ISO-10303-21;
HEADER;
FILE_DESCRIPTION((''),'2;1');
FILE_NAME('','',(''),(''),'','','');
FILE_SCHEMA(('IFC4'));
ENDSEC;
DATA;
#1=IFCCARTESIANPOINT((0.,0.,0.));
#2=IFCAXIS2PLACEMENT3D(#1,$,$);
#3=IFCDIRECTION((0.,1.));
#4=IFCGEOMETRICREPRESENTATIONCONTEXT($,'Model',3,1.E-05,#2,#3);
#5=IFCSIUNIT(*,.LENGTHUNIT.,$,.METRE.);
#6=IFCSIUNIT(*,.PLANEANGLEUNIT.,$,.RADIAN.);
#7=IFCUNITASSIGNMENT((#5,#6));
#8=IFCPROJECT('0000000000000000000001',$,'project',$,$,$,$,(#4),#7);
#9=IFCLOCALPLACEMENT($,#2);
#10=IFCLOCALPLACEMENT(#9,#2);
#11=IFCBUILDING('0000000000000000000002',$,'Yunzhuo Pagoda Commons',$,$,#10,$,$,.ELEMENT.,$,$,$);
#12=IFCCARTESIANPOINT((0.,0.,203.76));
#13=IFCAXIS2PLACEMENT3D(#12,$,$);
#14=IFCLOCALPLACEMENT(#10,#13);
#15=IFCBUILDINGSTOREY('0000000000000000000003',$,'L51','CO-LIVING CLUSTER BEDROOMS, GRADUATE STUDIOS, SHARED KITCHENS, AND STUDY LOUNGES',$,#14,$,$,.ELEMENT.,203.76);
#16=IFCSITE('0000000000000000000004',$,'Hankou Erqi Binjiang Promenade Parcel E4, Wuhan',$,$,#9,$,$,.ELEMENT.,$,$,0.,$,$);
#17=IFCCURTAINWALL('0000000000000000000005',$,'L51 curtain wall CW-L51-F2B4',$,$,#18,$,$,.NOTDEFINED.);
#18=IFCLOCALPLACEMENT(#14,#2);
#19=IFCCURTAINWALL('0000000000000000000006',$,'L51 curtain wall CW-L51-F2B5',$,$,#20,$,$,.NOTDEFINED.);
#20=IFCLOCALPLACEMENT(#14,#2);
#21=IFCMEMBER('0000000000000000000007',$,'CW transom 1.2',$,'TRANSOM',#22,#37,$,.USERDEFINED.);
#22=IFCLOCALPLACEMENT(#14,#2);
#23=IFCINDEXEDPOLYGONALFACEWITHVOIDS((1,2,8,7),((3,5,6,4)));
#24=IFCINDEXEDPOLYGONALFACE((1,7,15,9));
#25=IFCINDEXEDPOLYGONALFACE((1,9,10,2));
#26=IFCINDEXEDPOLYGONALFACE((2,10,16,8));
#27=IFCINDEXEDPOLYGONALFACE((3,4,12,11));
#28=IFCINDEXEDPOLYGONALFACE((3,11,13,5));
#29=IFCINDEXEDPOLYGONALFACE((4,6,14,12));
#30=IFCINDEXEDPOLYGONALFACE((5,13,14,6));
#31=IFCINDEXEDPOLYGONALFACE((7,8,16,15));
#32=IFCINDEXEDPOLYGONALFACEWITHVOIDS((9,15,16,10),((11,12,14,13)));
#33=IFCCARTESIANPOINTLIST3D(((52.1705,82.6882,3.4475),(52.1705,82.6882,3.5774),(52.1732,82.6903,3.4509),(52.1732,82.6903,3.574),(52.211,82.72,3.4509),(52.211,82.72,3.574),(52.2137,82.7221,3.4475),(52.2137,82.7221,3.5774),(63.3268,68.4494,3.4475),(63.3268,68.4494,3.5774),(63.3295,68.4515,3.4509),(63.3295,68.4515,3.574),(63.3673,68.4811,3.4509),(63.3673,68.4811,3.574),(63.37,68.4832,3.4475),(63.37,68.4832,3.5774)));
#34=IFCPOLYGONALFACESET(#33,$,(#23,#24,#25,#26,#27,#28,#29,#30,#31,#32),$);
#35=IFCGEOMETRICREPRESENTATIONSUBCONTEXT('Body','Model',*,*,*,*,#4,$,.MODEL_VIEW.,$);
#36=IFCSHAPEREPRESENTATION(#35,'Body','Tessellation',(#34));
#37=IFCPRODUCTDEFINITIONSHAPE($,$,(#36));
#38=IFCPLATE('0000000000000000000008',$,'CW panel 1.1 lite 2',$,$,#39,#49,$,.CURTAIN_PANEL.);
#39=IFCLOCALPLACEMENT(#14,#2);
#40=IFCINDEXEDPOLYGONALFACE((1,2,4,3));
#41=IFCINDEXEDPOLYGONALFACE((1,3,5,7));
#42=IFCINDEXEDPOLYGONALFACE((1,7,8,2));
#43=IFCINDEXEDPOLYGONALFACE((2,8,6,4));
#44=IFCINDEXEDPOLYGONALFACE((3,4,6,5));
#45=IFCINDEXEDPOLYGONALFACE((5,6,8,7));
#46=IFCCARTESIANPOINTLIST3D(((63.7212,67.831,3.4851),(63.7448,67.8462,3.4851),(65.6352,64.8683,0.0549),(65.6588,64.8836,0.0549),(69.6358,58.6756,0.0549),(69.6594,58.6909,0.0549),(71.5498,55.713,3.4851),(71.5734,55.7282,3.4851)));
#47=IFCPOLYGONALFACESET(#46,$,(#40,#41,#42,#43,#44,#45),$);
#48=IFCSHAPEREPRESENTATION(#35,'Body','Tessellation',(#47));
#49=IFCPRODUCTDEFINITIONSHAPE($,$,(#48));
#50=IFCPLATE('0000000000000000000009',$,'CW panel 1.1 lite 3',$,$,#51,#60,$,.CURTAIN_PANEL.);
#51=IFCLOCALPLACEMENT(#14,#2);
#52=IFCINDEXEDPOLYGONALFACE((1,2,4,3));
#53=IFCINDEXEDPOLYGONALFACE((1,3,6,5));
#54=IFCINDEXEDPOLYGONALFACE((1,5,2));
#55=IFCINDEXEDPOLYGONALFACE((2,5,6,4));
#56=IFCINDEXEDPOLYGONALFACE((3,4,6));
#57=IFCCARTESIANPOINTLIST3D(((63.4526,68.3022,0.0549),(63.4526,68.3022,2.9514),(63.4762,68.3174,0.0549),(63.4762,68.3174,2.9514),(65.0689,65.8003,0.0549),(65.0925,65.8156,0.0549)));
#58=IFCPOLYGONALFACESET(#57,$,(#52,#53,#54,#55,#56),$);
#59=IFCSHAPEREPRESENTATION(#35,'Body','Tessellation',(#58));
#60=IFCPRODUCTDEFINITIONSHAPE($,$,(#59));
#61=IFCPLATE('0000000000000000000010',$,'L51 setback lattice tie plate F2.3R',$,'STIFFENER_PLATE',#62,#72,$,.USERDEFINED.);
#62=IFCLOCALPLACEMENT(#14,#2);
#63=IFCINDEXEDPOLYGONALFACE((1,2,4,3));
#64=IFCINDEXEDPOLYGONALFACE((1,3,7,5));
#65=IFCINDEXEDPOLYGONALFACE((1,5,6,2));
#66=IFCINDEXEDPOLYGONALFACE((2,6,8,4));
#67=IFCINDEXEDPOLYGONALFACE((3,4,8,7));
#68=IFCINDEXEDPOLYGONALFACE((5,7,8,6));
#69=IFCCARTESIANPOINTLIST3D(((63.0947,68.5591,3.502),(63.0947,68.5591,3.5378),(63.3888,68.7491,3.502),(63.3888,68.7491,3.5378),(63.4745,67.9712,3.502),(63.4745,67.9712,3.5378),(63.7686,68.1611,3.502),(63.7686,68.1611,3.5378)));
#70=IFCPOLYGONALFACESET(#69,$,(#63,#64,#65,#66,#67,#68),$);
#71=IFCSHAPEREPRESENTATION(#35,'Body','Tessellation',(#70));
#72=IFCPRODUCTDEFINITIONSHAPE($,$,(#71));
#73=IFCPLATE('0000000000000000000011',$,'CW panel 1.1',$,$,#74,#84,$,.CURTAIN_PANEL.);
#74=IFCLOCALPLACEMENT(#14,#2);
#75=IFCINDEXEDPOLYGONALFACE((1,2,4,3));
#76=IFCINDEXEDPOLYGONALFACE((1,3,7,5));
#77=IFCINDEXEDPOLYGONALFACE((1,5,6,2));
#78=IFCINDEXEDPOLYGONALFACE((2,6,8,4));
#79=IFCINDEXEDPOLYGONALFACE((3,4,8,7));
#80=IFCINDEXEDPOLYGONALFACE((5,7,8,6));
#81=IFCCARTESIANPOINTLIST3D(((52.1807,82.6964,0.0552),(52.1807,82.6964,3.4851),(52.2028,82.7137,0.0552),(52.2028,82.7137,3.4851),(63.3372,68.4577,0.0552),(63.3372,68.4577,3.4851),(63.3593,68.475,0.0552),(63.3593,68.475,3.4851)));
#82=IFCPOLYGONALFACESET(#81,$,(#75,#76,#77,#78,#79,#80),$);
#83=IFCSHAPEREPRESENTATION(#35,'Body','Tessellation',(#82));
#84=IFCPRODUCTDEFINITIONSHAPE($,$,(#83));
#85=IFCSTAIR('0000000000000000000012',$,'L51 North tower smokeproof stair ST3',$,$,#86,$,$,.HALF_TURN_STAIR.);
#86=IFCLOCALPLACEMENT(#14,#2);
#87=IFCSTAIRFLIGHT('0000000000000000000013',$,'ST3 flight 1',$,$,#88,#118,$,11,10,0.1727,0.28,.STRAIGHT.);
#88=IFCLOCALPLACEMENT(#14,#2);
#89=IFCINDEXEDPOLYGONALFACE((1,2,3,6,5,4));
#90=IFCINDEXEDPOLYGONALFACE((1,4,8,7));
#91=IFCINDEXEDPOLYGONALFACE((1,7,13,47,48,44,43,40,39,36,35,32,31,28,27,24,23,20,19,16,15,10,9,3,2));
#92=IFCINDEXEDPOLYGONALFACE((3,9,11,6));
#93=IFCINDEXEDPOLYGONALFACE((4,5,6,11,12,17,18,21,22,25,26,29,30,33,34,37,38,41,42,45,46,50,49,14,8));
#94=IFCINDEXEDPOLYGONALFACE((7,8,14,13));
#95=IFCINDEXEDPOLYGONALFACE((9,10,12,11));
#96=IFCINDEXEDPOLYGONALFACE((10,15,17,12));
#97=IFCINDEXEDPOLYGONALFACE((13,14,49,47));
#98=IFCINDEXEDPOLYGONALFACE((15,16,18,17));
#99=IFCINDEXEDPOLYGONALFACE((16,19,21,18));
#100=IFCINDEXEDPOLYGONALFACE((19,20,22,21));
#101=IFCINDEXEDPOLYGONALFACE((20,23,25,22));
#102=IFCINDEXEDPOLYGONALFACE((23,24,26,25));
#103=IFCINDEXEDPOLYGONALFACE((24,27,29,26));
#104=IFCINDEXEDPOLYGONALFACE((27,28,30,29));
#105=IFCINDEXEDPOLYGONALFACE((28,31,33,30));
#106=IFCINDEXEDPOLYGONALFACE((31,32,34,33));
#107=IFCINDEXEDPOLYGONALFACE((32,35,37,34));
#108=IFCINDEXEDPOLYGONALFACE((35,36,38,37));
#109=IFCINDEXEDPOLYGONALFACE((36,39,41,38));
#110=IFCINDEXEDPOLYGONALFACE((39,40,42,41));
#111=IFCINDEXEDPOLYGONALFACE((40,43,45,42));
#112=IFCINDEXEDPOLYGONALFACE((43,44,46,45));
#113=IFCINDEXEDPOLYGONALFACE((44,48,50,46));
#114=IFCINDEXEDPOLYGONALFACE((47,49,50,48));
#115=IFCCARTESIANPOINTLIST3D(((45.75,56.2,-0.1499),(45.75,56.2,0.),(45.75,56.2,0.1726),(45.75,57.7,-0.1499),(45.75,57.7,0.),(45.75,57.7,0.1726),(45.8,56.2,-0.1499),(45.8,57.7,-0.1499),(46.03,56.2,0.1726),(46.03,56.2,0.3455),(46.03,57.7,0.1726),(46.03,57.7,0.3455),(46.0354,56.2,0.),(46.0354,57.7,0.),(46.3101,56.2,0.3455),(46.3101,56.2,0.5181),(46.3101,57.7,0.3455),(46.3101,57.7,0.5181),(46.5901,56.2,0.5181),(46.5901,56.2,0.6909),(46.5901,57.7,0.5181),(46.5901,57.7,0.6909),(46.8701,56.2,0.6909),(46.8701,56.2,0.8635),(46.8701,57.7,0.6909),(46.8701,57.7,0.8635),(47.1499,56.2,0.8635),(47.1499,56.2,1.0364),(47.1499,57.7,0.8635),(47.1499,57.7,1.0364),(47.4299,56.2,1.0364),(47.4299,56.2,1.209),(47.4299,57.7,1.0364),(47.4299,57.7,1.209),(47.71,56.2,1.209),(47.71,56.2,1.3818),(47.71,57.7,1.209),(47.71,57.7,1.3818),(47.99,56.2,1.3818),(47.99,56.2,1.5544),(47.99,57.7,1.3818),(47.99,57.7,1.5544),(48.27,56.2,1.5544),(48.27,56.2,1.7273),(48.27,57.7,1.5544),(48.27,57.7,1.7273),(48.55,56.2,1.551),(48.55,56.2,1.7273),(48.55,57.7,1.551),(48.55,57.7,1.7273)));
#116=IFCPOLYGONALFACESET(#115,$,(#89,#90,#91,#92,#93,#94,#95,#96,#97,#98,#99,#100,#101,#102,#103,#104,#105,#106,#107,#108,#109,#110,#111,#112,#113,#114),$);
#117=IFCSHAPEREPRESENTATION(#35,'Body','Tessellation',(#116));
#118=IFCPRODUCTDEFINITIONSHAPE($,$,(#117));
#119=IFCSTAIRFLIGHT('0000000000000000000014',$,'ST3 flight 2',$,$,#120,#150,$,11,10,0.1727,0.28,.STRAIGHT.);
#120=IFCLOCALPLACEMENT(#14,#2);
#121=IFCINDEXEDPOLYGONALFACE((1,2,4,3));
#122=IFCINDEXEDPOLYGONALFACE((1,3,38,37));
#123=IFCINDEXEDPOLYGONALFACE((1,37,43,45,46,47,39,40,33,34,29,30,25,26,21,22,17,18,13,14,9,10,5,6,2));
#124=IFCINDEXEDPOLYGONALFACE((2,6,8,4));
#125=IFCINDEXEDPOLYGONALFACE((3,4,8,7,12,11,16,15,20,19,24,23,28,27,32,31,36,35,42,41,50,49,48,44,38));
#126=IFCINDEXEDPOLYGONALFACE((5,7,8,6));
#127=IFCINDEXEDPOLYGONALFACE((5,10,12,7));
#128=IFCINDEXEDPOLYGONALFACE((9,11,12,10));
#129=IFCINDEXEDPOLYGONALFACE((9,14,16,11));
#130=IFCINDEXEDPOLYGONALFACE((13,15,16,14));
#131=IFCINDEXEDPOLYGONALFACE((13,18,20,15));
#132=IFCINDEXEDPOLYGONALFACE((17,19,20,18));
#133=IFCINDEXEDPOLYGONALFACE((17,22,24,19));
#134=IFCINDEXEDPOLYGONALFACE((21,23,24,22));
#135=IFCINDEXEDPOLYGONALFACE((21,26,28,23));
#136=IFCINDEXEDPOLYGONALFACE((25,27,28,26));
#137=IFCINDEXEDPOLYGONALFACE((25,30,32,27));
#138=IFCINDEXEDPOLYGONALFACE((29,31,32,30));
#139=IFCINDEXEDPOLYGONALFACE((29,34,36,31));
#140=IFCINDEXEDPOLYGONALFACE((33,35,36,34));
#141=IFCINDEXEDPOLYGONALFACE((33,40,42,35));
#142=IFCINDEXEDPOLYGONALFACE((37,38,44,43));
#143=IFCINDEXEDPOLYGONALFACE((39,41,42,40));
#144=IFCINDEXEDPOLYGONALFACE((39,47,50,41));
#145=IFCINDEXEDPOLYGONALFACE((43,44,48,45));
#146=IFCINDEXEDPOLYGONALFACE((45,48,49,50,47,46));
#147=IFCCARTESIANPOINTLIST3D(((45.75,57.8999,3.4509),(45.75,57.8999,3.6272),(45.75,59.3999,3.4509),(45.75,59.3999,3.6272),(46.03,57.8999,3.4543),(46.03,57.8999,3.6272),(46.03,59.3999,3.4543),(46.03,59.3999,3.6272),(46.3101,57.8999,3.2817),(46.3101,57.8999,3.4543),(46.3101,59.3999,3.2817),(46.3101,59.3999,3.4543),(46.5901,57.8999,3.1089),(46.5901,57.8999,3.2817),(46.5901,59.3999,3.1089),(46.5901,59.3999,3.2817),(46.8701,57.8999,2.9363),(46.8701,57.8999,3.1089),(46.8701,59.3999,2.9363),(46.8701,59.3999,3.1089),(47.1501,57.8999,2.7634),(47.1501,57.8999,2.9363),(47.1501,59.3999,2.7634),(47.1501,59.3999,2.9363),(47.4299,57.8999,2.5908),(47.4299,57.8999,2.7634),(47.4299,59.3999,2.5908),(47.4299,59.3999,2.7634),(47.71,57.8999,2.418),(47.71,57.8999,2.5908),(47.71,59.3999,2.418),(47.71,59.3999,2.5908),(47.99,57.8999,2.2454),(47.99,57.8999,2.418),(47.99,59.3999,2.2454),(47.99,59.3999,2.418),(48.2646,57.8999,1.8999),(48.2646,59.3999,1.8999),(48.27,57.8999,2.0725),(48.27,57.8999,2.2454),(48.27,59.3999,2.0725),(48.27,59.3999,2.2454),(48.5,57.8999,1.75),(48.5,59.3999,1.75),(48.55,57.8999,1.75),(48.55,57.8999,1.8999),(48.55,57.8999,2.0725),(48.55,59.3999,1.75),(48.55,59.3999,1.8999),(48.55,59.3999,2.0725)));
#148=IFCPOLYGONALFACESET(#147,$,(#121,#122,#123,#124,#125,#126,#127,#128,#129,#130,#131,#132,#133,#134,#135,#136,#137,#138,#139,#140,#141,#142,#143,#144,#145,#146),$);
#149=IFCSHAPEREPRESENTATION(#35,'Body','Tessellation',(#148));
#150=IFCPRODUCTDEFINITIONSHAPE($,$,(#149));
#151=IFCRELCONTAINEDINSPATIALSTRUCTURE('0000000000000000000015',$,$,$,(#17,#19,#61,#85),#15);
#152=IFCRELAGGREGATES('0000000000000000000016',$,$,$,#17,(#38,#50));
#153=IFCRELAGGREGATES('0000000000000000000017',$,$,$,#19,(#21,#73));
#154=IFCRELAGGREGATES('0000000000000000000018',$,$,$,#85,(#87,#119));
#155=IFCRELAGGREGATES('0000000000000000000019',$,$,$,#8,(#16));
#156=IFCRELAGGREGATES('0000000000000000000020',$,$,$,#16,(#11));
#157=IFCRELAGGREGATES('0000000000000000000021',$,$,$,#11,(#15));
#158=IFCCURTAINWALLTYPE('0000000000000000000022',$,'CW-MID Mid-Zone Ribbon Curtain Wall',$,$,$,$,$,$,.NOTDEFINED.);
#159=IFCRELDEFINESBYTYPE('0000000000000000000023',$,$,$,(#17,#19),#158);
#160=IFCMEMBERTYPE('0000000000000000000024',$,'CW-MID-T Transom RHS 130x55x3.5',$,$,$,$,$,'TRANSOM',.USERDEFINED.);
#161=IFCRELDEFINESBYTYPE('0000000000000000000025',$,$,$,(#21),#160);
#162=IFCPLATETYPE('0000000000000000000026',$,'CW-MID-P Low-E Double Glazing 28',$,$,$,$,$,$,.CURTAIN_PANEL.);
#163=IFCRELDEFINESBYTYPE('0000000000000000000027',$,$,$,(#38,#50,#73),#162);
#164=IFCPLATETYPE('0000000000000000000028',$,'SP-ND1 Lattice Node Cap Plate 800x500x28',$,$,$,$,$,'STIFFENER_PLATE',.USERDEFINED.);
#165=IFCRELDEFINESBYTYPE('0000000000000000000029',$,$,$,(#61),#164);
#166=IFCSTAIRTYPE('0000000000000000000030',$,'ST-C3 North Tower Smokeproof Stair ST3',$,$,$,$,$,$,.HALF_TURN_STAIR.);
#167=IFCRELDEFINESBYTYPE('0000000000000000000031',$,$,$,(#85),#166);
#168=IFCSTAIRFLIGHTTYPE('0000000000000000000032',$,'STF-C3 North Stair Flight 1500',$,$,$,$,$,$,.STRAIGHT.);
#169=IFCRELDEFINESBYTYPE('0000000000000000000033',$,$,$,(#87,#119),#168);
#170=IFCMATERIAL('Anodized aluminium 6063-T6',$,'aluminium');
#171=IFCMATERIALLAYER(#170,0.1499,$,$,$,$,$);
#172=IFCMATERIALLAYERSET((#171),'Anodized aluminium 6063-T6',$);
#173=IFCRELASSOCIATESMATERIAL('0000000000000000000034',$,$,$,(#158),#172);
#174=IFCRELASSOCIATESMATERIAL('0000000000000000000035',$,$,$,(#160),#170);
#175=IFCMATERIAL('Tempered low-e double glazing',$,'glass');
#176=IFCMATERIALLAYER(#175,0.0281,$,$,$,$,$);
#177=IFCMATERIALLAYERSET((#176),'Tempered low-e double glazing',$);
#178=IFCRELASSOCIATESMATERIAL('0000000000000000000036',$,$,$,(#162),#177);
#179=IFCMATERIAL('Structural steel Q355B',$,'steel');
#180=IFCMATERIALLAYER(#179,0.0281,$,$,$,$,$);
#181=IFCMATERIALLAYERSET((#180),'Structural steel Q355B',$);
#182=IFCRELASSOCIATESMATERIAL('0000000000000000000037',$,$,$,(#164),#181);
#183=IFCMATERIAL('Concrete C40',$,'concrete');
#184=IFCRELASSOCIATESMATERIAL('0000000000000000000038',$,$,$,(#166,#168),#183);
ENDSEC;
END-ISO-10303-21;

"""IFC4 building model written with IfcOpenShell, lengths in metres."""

from ifc_helpers import new_model, si_unit, direction, frame, origin, origin_2d, place, context, subcontext, project, spatial, polyline, rectangle, hollow_rectangle, outline, extrude, source, transform, mapped, material, layer, layer_set, material_profile, profile_set, type_object, element, aggregate, save


model = new_model("IFC4")

# Units and contexts
model_context = context("Model", 3, precision=1e-05, world=origin(), true_north=direction((0.0, 1.0)))
body_context = subcontext(model_context, "Body", "Model", "MODEL_VIEW")
ifc_project = project(units=[si_unit("LENGTHUNIT", "METRE"), si_unit("PLANEANGLEUNIT", "RADIAN")], contexts=[model_context])

# Site, building, storey
site_placement = place(None, origin())
site = spatial("IfcSite", under=ifc_project, at=site_placement, Name="Hankou Erqi Binjiang Promenade Parcel E4, Wuhan", CompositionType="ELEMENT", RefElevation=0.0)
building_placement = place(site_placement, origin())
building = spatial("IfcBuilding", under=site, at=building_placement, Name="Yunzhuo Pagoda Commons", CompositionType="ELEMENT")
storey_placement = place(building_placement, frame((0.0, 0.0, 203.76)))
storey = spatial("IfcBuildingStorey", under=building, at=storey_placement, Name="L51", Description="CO-LIVING CLUSTER BEDROOMS, GRADUATE STUDIOS, SHARED KITCHENS, AND STUDY LOUNGES", CompositionType="ELEMENT", Elevation=203.76)

# Shared definitions
ifc_material_1 = material(Name="Structural steel Q355B", Category="steel")

# Curtain wall
ifc_material_2 = material(Name="Anodized aluminium 6063-T6", Category="aluminium")
ifc_layer_1 = layer(ifc_material_2, 0.1499)
ifc_layer_set_1 = layer_set([ifc_layer_1], Name="Anodized aluminium 6063-T6")
curtain_wall_type = type_object("IfcCurtainWallType", Name="CW-MID Mid-Zone Ribbon Curtain Wall", PredefinedType="NOTDEFINED", material=ifc_layer_set_1)
curtain_wall_1_placement = place(storey_placement, origin())
curtain_wall_1 = element("IfcCurtainWall", 1, at=curtain_wall_1_placement, inside=storey, type_object=curtain_wall_type, Name="L51 curtain wall CW-L51-F2B4", PredefinedType="NOTDEFINED")

# Curtain wall, member
curtain_wall_2_placement = place(storey_placement, origin())
curtain_wall_2 = element("IfcCurtainWall", 2, at=curtain_wall_2_placement, inside=storey, type_object=curtain_wall_type, Name="L51 curtain wall CW-L51-F2B5", PredefinedType="NOTDEFINED")
ifc_material_profile_1 = material_profile(ifc_material_2, hollow_rectangle(XDim=0.0549, YDim=0.1299, WallThickness=0.0034, at=origin_2d()), Name="Anodized aluminium 6063-T6")
ifc_profile_set_1 = profile_set([ifc_material_profile_1], Name="Anodized aluminium 6063-T6")
member_type_1 = type_object("IfcMemberType", Name="CW-MID-T Transom RHS 130x55x3.5", ElementType="TRANSOM", PredefinedType="USERDEFINED", material=ifc_profile_set_1)
shared_shape_1 = source(origin(), body_context, "Body", "SweptSolid", [
    extrude(hollow_rectangle(XDim=0.0549, YDim=0.1299, WallThickness=0.0034, at=origin_2d()), origin(), (0.0, 0.0, 1.0), 18.0889),
])
member_1_placement = place(storey_placement, frame((63.3484, 68.4663, 3.5125), z_axis=(-0.616749, 0.78716, 0.0), x_axis=(-0.78716, -0.616749, 0.0)))
member_1 = element("IfcMember", 3, at=member_1_placement, type_object=member_type_1, Name="CW transom 1.2", ObjectType="TRANSOM", PredefinedType="USERDEFINED", context=body_context, shape_type="MappedRepresentation", body=[
    mapped(shared_shape_1, transform((0.0, 0.0, 0.0), scale=1.0)),
])

# Plates
ifc_material_3 = material(Name="Tempered low-e double glazing", Category="glass")
ifc_layer_2 = layer(ifc_material_3, 0.0281)
ifc_layer_set_2 = layer_set([ifc_layer_2], Name="Tempered low-e double glazing")
plate_type_1 = type_object("IfcPlateType", Name="CW-MID-P Low-E Double Glazing 28", PredefinedType="CURTAIN_PANEL", material=ifc_layer_set_2)
plate_1_placement = place(storey_placement, frame((67.6355, 61.772, 1.77), z_axis=(0.839965, 0.54264, 0.0), x_axis=(-0.54264, 0.839965, 0.0)))
plate_1 = element("IfcPlate", 4, at=plate_1_placement, type_object=plate_type_1, Name="CW panel 1.1 lite 2", PredefinedType="CURTAIN_PANEL", context=body_context, shape_type="SweptSolid", body=[
    extrude(outline(polyline([(-7.2134, 1.7151), (-3.6863, -1.7151), (3.6863, -1.7151), (7.2134, 1.7151), (-7.2134, 1.7151)])), origin(), (0.0, 0.0, 1.0), 0.0281),
])
plate_2_placement = place(storey_placement, frame((64.2607, 67.0513, 1.5032), z_axis=(0.839965, 0.54264, 0.0), x_axis=(-0.54264, 0.839965, 0.0)))
plate_2 = element("IfcPlate", 5, at=plate_2_placement, type_object=plate_type_1, Name="CW panel 1.1 lite 3", PredefinedType="CURTAIN_PANEL", context=body_context, shape_type="SweptSolid", body=[
    extrude(outline(polyline([(-1.4893, -1.4482), (1.4893, -1.4482), (1.4893, 1.4482), (-1.4893, -1.4482)])), origin(), (0.0, 0.0, 1.0), 0.0281),
])
aggregate(curtain_wall_1, [plate_1, plate_2])
ifc_layer_3 = layer(ifc_material_1, 0.0281)
ifc_layer_set_3 = layer_set([ifc_layer_3], Name="Structural steel Q355B")
plate_type_2 = type_object("IfcPlateType", Name="SP-ND1 Lattice Node Cap Plate 800x500x28", ElementType="STIFFENER_PLATE", PredefinedType="USERDEFINED", material=ifc_layer_set_3)
shared_shape_2 = source(origin(), body_context, "Body", "SweptSolid", [
    extrude(rectangle(XDim=0.7, YDim=0.3501, at=origin_2d()), origin(), (0.0, 0.0, 1.0), 0.0359),
])
plate_3_placement = place(storey_placement, frame((63.4316, 68.3601, 3.502), z_axis=(0.0, 0.0, 1.0), x_axis=(-0.542647, 0.839961, 0.0)))
element("IfcPlate", 6, at=plate_3_placement, inside=storey, type_object=plate_type_2, Name="L51 setback lattice tie plate F2.3R", ObjectType="STIFFENER_PLATE", PredefinedType="USERDEFINED", context=body_context, shape_type="MappedRepresentation", body=[
    mapped(shared_shape_2, transform((0.0, 0.0, 0.0), scale=1.0)),
])
shared_shape_3 = source(origin(), body_context, "Body", "SweptSolid", [
    extrude(rectangle(XDim=18.0889, YDim=0.0281, at=origin_2d()), origin(), (0.0, 0.0, 1.0), 3.4299),
])
plate_4_placement = place(storey_placement, frame((57.77, 75.5857, 0.0552), z_axis=(0.0, 0.0, 1.0), x_axis=(-0.616762, 0.78715, 0.0)))
plate_4 = element("IfcPlate", 7, at=plate_4_placement, type_object=plate_type_1, Name="CW panel 1.1", PredefinedType="CURTAIN_PANEL", context=body_context, shape_type="MappedRepresentation", body=[
    mapped(shared_shape_3, transform((0.0, 0.0, 0.0), scale=1.0)),
])
aggregate(curtain_wall_2, [member_1, plate_4])

# Stair, stair flights
ifc_material_4 = material(Name="Concrete C40", Category="concrete")
stair_type = type_object("IfcStairType", Name="ST-C3 North Tower Smokeproof Stair ST3", PredefinedType="HALF_TURN_STAIR", material=ifc_material_4)
stair_placement = place(storey_placement, origin())
stair = element("IfcStair", 8, at=stair_placement, inside=storey, type_object=stair_type, Name="L51 North tower smokeproof stair ST3", PredefinedType="HALF_TURN_STAIR")
stair_flight_type = type_object("IfcStairFlightType", Name="STF-C3 North Stair Flight 1500", PredefinedType="STRAIGHT", material=ifc_material_4)
shared_shape_4 = source(origin(), body_context, "Body", "SweptSolid", [
    extrude(outline(polyline([(0.0, -0.1499), (0.0, 0.0), (0.0, 0.1726), (0.28, 0.1726), (0.28, 0.3455), (0.5601, 0.3455), (0.5601, 0.5181), (0.8401, 0.5181), (0.8401, 0.6909), (1.1201, 0.6909), (1.1201, 0.8635), (1.3999, 0.8635), (1.3999, 1.0364), (1.6799, 1.0364), (1.6799, 1.209), (1.96, 1.209), (1.96, 1.3818), (2.24, 1.3818), (2.24, 1.5544), (2.52, 1.5544), (2.52, 1.7273), (2.8, 1.7273), (2.8, 1.8999), (2.8, 1.551), (0.2854, 0.0), (0.05, -0.1499), (0.0, -0.1499)])), frame((0.0, 0.75, 0.0), z_axis=(0.0, -1.0, 0.0), x_axis=(1.0, 0.0, 0.0)), (0.0, 0.0, 1.0), 1.5),
])
stair_flight_1_placement = place(storey_placement, frame((45.75, 56.95, 0.0), z_axis=(0.0, 0.0, 1.0), x_axis=(1.0, 0.0, 0.0)))
stair_flight_1 = element("IfcStairFlight", 9, at=stair_flight_1_placement, type_object=stair_flight_type, Name="ST3 flight 1", NumberOfRisers=11, NumberOfTreads=10, PredefinedType="STRAIGHT", RiserHeight=0.1727, TreadLength=0.28, context=body_context, shape_type="MappedRepresentation", body=[
    mapped(shared_shape_4, transform((0.0, 0.0, 0.0), scale=1.0)),
])
stair_flight_2_placement = place(storey_placement, frame((48.55, 58.6499, 1.8999), z_axis=(0.0, 0.0, 1.0), x_axis=(-1.0, 0.0, 0.0)))
stair_flight_2 = element("IfcStairFlight", 10, at=stair_flight_2_placement, type_object=stair_flight_type, Name="ST3 flight 2", NumberOfRisers=11, NumberOfTreads=10, PredefinedType="STRAIGHT", RiserHeight=0.1727, TreadLength=0.28, context=body_context, shape_type="MappedRepresentation", body=[
    mapped(shared_shape_4, transform((0.0, 0.0, 0.0), scale=1.0)),
])
aggregate(stair, [stair_flight_1, stair_flight_2])

save(model, "model.ifc")
